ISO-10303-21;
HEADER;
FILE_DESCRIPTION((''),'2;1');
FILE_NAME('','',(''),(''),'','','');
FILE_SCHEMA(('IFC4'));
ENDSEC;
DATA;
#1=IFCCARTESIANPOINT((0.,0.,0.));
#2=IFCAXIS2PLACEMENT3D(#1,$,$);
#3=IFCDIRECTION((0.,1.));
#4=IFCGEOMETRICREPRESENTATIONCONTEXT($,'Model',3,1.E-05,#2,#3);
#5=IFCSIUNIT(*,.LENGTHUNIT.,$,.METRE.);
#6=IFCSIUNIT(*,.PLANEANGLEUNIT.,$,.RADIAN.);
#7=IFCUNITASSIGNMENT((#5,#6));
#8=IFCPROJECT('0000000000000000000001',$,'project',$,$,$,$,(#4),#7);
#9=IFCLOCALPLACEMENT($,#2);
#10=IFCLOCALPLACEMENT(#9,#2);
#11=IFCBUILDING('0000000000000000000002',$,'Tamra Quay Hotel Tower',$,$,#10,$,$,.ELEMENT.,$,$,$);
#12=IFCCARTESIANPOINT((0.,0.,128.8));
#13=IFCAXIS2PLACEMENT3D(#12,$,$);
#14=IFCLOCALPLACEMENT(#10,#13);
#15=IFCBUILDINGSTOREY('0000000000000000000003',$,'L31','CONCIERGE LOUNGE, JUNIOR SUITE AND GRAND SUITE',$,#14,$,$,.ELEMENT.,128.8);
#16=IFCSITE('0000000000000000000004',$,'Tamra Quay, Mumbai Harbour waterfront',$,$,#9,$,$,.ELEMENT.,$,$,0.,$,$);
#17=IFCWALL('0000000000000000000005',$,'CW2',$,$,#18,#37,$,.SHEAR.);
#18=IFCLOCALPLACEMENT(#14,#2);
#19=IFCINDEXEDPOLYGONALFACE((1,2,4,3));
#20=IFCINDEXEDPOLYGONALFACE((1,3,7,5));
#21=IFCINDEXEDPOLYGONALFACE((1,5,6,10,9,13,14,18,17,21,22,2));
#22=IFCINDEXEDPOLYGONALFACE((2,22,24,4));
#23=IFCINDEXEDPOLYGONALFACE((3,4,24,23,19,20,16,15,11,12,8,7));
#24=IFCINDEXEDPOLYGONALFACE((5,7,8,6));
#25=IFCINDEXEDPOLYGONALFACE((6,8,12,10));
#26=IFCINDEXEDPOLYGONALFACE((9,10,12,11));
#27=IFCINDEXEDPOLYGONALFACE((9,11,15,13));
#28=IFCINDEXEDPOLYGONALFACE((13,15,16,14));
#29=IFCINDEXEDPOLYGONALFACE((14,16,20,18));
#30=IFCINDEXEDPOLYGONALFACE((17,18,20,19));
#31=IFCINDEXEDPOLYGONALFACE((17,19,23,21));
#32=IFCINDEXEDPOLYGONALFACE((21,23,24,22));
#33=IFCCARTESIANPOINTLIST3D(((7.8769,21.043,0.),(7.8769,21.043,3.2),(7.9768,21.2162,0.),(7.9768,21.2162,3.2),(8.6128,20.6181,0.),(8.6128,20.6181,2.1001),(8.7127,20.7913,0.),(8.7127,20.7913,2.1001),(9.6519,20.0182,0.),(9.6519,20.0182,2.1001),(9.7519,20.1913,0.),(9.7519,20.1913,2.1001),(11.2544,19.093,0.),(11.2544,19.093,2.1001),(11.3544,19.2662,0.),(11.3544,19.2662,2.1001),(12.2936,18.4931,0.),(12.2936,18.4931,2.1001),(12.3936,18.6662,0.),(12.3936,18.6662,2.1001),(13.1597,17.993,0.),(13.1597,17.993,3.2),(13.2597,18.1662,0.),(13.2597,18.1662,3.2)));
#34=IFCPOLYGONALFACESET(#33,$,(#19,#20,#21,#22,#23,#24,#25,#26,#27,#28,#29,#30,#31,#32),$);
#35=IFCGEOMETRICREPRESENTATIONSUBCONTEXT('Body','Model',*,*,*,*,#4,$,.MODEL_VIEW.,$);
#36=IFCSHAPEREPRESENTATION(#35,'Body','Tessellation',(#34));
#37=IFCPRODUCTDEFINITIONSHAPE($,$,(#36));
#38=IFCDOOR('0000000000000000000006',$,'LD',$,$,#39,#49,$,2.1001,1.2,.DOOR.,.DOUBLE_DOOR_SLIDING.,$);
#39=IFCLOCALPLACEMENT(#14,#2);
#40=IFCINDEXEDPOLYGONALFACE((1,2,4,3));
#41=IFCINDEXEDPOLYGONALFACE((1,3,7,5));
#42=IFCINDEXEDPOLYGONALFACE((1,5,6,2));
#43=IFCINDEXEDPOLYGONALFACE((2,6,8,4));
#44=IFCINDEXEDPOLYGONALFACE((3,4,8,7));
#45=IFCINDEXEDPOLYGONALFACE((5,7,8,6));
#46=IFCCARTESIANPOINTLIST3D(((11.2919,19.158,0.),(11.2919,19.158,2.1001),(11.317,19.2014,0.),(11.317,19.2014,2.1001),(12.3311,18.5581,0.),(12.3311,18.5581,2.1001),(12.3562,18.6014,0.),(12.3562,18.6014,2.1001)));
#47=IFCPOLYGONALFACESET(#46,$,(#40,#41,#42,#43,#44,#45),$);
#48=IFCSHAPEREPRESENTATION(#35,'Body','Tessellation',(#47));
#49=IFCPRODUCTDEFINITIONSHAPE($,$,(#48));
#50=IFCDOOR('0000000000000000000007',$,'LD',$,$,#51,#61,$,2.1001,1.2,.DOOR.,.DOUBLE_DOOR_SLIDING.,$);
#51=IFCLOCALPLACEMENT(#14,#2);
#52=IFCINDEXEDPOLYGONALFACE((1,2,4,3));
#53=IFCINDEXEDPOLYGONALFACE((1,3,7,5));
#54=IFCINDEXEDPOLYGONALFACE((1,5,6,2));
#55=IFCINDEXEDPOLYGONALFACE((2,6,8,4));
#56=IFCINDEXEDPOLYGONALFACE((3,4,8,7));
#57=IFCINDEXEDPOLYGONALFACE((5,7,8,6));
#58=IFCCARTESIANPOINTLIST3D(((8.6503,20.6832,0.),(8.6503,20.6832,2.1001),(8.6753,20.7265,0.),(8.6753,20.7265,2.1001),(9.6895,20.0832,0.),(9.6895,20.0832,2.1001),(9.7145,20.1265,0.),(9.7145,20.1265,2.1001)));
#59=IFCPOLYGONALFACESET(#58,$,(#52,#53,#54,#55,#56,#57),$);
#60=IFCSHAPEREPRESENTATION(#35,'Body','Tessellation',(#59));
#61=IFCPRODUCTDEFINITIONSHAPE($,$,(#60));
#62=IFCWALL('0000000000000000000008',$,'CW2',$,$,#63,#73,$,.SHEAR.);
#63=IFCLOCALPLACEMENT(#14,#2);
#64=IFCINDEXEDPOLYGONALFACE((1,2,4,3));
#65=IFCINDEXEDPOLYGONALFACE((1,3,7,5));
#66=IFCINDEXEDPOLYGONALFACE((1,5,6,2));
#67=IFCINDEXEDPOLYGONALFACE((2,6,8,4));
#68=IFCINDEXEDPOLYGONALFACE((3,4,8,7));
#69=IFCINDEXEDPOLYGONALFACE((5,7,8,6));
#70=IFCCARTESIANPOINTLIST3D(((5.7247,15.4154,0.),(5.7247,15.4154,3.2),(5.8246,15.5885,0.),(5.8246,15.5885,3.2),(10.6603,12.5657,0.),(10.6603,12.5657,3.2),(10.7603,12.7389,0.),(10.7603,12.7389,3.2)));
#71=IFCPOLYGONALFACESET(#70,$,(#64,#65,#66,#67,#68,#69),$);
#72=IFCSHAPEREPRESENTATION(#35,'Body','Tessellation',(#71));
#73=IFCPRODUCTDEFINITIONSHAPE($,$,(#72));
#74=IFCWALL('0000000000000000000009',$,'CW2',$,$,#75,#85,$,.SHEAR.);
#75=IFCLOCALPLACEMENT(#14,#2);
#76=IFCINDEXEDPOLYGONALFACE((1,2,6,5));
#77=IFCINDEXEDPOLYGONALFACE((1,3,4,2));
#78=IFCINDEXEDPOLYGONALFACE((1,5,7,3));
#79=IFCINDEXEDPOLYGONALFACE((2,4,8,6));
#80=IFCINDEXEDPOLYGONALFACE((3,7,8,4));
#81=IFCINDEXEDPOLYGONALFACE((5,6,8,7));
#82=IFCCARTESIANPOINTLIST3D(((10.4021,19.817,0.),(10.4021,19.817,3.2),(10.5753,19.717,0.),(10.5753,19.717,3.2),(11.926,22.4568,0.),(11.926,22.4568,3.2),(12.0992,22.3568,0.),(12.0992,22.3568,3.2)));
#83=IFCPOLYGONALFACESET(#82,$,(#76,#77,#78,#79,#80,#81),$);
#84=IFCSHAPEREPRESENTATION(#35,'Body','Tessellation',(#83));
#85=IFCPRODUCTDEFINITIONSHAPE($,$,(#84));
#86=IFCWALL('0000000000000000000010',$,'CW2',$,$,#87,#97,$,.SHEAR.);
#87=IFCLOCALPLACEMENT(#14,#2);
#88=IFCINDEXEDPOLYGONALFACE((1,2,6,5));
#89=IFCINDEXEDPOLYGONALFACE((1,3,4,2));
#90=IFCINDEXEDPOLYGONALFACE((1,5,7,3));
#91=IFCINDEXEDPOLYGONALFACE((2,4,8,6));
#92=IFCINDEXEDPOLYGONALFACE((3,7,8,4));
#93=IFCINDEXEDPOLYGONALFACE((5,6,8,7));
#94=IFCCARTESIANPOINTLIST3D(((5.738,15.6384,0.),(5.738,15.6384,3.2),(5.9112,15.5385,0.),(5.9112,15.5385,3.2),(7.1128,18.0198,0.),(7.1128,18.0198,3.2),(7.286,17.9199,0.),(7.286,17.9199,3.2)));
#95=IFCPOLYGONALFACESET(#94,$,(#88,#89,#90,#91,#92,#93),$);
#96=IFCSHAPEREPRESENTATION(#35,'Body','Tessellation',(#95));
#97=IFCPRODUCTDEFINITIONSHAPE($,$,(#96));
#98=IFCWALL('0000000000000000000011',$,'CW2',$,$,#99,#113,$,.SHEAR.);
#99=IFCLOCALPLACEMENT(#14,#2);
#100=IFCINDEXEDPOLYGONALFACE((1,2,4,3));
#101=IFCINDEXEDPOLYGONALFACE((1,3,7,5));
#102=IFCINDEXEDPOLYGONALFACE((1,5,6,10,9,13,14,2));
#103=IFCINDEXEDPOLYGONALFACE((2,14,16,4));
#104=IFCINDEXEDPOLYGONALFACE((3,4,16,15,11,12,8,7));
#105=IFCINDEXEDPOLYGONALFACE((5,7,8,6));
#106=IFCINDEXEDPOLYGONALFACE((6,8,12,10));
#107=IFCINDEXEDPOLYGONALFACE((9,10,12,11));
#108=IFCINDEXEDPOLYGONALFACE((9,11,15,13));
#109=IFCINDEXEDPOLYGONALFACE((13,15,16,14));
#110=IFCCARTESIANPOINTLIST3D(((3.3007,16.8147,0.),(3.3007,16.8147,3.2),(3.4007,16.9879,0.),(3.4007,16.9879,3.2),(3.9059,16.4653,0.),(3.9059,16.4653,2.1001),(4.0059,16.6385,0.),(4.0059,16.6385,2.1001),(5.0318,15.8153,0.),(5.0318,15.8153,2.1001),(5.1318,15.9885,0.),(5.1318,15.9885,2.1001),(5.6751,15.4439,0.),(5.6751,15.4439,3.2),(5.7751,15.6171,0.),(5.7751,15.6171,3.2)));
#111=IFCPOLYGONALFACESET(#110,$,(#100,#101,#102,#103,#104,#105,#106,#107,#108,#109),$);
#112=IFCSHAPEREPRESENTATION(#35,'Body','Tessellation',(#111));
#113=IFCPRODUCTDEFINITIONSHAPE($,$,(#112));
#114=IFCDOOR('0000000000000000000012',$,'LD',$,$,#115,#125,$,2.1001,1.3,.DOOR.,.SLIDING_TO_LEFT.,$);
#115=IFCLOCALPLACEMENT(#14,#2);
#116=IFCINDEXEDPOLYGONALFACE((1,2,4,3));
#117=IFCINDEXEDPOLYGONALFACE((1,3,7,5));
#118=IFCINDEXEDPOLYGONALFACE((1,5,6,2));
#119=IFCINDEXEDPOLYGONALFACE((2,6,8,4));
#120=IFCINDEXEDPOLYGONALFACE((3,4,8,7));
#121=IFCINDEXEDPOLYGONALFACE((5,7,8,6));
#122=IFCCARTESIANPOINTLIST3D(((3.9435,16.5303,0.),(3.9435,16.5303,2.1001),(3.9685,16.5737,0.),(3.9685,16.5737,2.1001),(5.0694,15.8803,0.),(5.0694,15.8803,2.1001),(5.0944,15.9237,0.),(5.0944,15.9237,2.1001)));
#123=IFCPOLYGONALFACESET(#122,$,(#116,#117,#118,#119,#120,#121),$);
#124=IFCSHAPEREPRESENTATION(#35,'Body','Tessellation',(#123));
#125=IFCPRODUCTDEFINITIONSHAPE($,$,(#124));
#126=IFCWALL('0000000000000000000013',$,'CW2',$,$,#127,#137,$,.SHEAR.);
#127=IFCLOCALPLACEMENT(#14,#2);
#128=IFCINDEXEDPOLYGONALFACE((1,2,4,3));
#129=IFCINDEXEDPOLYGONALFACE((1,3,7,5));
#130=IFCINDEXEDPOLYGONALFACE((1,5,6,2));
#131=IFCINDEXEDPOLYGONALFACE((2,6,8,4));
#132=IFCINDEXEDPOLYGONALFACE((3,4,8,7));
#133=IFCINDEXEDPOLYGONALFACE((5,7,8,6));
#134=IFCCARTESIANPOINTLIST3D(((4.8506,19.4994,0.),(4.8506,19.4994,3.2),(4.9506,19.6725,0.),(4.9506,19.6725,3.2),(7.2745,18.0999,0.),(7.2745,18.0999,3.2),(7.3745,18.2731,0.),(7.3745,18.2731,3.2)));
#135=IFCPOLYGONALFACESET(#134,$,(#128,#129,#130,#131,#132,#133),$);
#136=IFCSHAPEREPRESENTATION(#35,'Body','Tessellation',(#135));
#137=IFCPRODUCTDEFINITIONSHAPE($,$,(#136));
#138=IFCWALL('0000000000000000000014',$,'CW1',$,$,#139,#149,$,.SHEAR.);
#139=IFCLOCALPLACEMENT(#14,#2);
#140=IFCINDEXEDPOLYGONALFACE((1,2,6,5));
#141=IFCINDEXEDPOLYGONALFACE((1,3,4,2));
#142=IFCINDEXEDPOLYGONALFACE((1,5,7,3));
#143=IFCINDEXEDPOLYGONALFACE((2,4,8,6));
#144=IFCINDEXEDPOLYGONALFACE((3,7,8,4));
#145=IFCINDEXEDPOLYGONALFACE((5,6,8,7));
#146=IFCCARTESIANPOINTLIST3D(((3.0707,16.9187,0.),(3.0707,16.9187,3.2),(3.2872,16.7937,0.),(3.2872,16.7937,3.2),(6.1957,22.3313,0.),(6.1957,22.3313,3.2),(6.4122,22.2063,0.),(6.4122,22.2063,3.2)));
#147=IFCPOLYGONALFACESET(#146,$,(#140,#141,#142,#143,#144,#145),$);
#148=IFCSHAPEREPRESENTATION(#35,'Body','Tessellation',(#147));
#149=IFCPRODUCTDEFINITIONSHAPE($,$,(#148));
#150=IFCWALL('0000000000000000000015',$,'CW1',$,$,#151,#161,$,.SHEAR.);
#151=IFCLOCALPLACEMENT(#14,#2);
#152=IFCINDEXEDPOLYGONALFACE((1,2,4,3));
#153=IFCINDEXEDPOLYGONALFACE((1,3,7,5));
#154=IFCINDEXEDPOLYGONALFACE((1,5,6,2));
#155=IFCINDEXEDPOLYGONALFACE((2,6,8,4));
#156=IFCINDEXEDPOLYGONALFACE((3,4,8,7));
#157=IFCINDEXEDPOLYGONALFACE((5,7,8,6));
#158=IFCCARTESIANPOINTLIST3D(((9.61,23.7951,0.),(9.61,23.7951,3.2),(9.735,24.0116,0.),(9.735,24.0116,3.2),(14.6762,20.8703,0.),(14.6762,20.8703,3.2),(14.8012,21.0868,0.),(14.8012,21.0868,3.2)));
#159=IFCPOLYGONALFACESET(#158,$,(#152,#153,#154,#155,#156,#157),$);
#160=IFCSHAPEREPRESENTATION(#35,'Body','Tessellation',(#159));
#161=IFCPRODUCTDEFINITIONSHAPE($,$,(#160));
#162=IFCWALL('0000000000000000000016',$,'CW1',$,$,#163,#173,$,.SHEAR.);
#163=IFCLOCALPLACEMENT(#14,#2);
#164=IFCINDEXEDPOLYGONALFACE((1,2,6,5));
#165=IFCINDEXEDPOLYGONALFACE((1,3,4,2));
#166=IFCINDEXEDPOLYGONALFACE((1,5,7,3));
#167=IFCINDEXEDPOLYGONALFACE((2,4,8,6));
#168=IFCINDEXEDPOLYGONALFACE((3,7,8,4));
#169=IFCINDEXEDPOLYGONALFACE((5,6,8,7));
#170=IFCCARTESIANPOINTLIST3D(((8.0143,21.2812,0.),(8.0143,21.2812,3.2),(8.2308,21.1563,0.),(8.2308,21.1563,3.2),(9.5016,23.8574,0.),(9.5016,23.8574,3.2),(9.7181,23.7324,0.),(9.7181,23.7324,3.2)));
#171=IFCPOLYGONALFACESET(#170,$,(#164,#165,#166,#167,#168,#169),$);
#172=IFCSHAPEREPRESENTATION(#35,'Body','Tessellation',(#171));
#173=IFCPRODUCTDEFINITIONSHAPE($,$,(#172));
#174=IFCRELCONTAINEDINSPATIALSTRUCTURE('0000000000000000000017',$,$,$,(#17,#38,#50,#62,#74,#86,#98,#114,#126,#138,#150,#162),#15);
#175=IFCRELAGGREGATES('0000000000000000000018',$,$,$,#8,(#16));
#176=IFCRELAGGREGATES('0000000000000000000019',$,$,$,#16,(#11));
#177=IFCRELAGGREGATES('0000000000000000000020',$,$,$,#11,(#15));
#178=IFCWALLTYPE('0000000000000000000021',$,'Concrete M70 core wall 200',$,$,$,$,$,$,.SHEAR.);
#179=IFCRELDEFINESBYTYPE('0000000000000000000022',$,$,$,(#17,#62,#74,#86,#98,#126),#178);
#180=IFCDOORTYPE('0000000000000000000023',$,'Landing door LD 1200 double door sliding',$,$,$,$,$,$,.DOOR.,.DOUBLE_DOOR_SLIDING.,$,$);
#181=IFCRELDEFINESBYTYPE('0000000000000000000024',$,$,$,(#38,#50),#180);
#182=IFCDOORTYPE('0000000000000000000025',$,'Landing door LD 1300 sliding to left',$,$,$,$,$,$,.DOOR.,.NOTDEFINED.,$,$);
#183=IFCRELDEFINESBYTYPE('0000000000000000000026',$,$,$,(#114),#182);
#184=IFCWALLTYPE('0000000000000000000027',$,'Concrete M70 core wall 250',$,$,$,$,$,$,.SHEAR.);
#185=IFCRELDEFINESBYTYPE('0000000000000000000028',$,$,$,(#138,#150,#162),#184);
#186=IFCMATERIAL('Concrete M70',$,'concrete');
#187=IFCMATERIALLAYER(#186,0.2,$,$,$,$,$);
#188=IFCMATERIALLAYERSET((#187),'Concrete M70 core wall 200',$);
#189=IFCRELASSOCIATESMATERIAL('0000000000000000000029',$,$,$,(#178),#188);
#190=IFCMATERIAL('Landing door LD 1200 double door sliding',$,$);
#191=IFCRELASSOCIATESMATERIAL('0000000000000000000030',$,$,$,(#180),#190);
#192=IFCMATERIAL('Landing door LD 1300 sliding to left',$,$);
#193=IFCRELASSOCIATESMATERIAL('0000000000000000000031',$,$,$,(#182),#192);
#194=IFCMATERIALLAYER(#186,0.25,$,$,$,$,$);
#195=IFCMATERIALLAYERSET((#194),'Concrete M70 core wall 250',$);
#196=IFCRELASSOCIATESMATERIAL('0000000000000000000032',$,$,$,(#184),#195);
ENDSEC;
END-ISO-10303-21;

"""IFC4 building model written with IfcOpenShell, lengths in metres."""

from ifc_helpers import new_model, si_unit, direction, frame, frame_2d, origin, place, context, subcontext, project, spatial, rectangle, extrude, material, layer, layer_set, type_object, element, fill, save


model = new_model("IFC4")

# Units and contexts
model_context = context("Model", 3, precision=1e-05, world=origin(), true_north=direction((0.0, 1.0)))
body_context = subcontext(model_context, "Body", "Model", "MODEL_VIEW")
ifc_project = project(units=[si_unit("LENGTHUNIT", "METRE"), si_unit("PLANEANGLEUNIT", "RADIAN")], contexts=[model_context])

# Site, building, storey
site_placement = place(None, origin())
site = spatial("IfcSite", under=ifc_project, at=site_placement, Name="Tamra Quay, Mumbai Harbour waterfront", CompositionType="ELEMENT", RefElevation=0.0)
building_placement = place(site_placement, origin())
building = spatial("IfcBuilding", under=site, at=building_placement, Name="Tamra Quay Hotel Tower", CompositionType="ELEMENT")
storey_placement = place(building_placement, frame((0.0, 0.0, 128.8)))
storey = spatial("IfcBuildingStorey", under=building, at=storey_placement, Name="L31", Description="CONCIERGE LOUNGE, JUNIOR SUITE AND GRAND SUITE", CompositionType="ELEMENT", Elevation=128.8)

# Shared definitions
ifc_material_1 = material(Name="Concrete M70", Category="concrete")

# Wall, openings, doors
ifc_layer_1 = layer(ifc_material_1, 0.2)
ifc_layer_set_1 = layer_set([ifc_layer_1], Name="Concrete M70 core wall 200")
wall_type_1 = type_object("IfcWallType", Name="Concrete M70 core wall 200", PredefinedType="SHEAR", material=ifc_layer_set_1)
wall_1_placement = place(storey_placement, frame((13.2097, 18.0796, 0.0), z_axis=(0.0, 0.0, 1.0), x_axis=(-0.86603, 0.499992, 0.0)))
wall_1 = element("IfcWall", 1, at=wall_1_placement, inside=storey, type_object=wall_type_1, Name="CW2", PredefinedType="SHEAR", context=body_context, shape_type="SweptSolid", body=[
    extrude(rectangle(XDim=6.1001, YDim=0.2, at=frame_2d((3.05, 0.0))), origin(), (0.0, 0.0, 1.0), 3.2),
])
opening_1_placement = place(wall_1_placement, frame((1.0, 0.0, 0.0)))
opening_1 = element("IfcOpeningElement", 2, at=opening_1_placement, cuts=wall_1, PredefinedType="OPENING", context=body_context, shape_type="SweptSolid", body=[
    extrude(rectangle(XDim=1.2, YDim=2.1001, at=frame_2d((0.6001, 1.05))), frame((0.0, 0.1099, 0.0), z_axis=(0.0, -1.0, 0.0), x_axis=(1.0, 0.0, 0.0)), (0.0, 0.0, 1.0), 0.22),
])
opening_2_placement = place(wall_1_placement, frame((4.0503, 0.0, 0.0)))
opening_2 = element("IfcOpeningElement", 3, at=opening_2_placement, cuts=wall_1, PredefinedType="OPENING", context=body_context, shape_type="SweptSolid", body=[
    extrude(rectangle(XDim=1.2, YDim=2.1001, at=frame_2d((0.6001, 1.05))), frame((0.0, 0.1099, 0.0), z_axis=(0.0, -1.0, 0.0), x_axis=(1.0, 0.0, 0.0)), (0.0, 0.0, 1.0), 0.22),
])
ifc_material_2 = material(Name="Landing door LD 1200 double door sliding")
door_type_1 = type_object("IfcDoorType", Name="Landing door LD 1200 double door sliding", OperationType="DOUBLE_DOOR_SLIDING", PredefinedType="DOOR", material=ifc_material_2)
door_1_placement = place(opening_1_placement, origin())
door_1 = element("IfcDoor", 4, at=door_1_placement, inside=storey, type_object=door_type_1, Name="LD", OperationType="DOUBLE_DOOR_SLIDING", OverallHeight=2.1001, OverallWidth=1.2, PredefinedType="DOOR", context=body_context, shape_type="SweptSolid", body=[
    extrude(rectangle(XDim=1.2, YDim=2.1001, at=frame_2d((0.6001, 1.05))), frame((0.0, 0.0249, 0.0), z_axis=(0.0, -1.0, 0.0), x_axis=(1.0, 0.0, 0.0)), (0.0, 0.0, 1.0), 0.05),
])
fill(opening_1, door_1)
door_2_placement = place(opening_2_placement, origin())
door_2 = element("IfcDoor", 5, at=door_2_placement, inside=storey, type_object=door_type_1, Name="LD", OperationType="DOUBLE_DOOR_SLIDING", OverallHeight=2.1001, OverallWidth=1.2, PredefinedType="DOOR", context=body_context, shape_type="SweptSolid", body=[
    extrude(rectangle(XDim=1.2, YDim=2.1001, at=frame_2d((0.6001, 1.05))), frame((0.0, 0.0249, 0.0), z_axis=(0.0, -1.0, 0.0), x_axis=(1.0, 0.0, 0.0)), (0.0, 0.0, 1.0), 0.05),
])
fill(opening_2, door_2)

# Walls
wall_2_placement = place(storey_placement, frame((5.7747, 15.502, 0.0), z_axis=(0.0, 0.0, 1.0), x_axis=(0.86602, -0.500009, 0.0)))
element("IfcWall", 6, at=wall_2_placement, inside=storey, type_object=wall_type_1, Name="CW2", PredefinedType="SHEAR", context=body_context, shape_type="SweptSolid", body=[
    extrude(rectangle(XDim=5.6992, YDim=0.2, at=frame_2d((2.8496, 0.0))), origin(), (0.0, 0.0, 1.0), 3.2),
])
wall_3_placement = place(storey_placement, frame((10.4888, 19.7671, 0.0), z_axis=(0.0, 0.0, 1.0), x_axis=(0.499947, 0.866056, 0.0)))
element("IfcWall", 7, at=wall_3_placement, inside=storey, type_object=wall_type_1, Name="CW2", PredefinedType="SHEAR", context=body_context, shape_type="SweptSolid", body=[
    extrude(rectangle(XDim=3.0481, YDim=0.2, at=frame_2d((1.5239, 0.0))), origin(), (0.0, 0.0, 1.0), 3.2),
])
wall_4_placement = place(storey_placement, frame((7.1995, 17.97, 0.0), z_axis=(0.0, 0.0, 1.0), x_axis=(-0.499968, -0.866044, 0.0)))
element("IfcWall", 8, at=wall_4_placement, inside=storey, type_object=wall_type_1, Name="CW2", PredefinedType="SHEAR", context=body_context, shape_type="SweptSolid", body=[
    extrude(rectangle(XDim=2.7498, YDim=0.2, at=frame_2d((1.375, 0.0))), origin(), (0.0, 0.0, 1.0), 3.2),
])

# Wall, opening, door
wall_5_placement = place(storey_placement, frame((5.7251, 15.5305, 0.0), z_axis=(0.0, 0.0, 1.0), x_axis=(-0.866037, 0.499979, 0.0)))
wall_5 = element("IfcWall", 9, at=wall_5_placement, inside=storey, type_object=wall_type_1, Name="CW2", PredefinedType="SHEAR", context=body_context, shape_type="SweptSolid", body=[
    extrude(rectangle(XDim=2.7417, YDim=0.2, at=frame_2d((1.3708, 0.0))), origin(), (0.0, 0.0, 1.0), 3.2),
])
opening_3_placement = place(wall_5_placement, frame((0.7429, 0.0, 0.0)))
opening_3 = element("IfcOpeningElement", 10, at=opening_3_placement, cuts=wall_5, PredefinedType="OPENING", context=body_context, shape_type="SweptSolid", body=[
    extrude(rectangle(XDim=1.3, YDim=2.1001, at=frame_2d((0.6499, 1.05))), frame((0.0, 0.1099, 0.0), z_axis=(0.0, -1.0, 0.0), x_axis=(1.0, 0.0, 0.0)), (0.0, 0.0, 1.0), 0.22),
])
ifc_material_3 = material(Name="Landing door LD 1300 sliding to left")
door_type_2 = type_object("IfcDoorType", Name="Landing door LD 1300 sliding to left", OperationType="NOTDEFINED", PredefinedType="DOOR", material=ifc_material_3)
door_3_placement = place(opening_3_placement, origin())
door_3 = element("IfcDoor", 11, at=door_3_placement, inside=storey, type_object=door_type_2, Name="LD", OperationType="SLIDING_TO_LEFT", OverallHeight=2.1001, OverallWidth=1.3, PredefinedType="DOOR", context=body_context, shape_type="SweptSolid", body=[
    extrude(rectangle(XDim=1.3, YDim=2.1001, at=frame_2d((0.6499, 1.05))), frame((0.0, 0.0249, 0.0), z_axis=(0.0, -1.0, 0.0), x_axis=(1.0, 0.0, 0.0)), (0.0, 0.0, 1.0), 0.05),
])
fill(opening_3, door_3)

# Walls
wall_6_placement = place(storey_placement, frame((4.9006, 19.5859, 0.0), z_axis=(0.0, 0.0, 1.0), x_axis=(0.866023, -0.500004, 0.0)))
element("IfcWall", 12, at=wall_6_placement, inside=storey, type_object=wall_type_1, Name="CW2", PredefinedType="SHEAR", context=body_context, shape_type="SweptSolid", body=[
    extrude(rectangle(XDim=2.7988, YDim=0.2, at=frame_2d((1.3994, 0.0))), origin(), (0.0, 0.0, 1.0), 3.2),
])
ifc_layer_2 = layer(ifc_material_1, 0.25)
ifc_layer_set_2 = layer_set([ifc_layer_2], Name="Concrete M70 core wall 250")
wall_type_2 = type_object("IfcWallType", Name="Concrete M70 core wall 250", PredefinedType="SHEAR", material=ifc_layer_set_2)
wall_7_placement = place(storey_placement, frame((3.179, 16.8562, 0.0), z_axis=(0.0, 0.0, 1.0), x_axis=(0.500004, 0.866023, 0.0)))
element("IfcWall", 13, at=wall_7_placement, inside=storey, type_object=wall_type_2, Name="CW1", PredefinedType="SHEAR", context=body_context, shape_type="SweptSolid", body=[
    extrude(rectangle(XDim=6.25, YDim=0.25, at=frame_2d((3.125, 0.0))), origin(), (0.0, 0.0, 1.0), 3.2),
])
wall_8_placement = place(storey_placement, frame((9.6726, 23.9033, 0.0), z_axis=(0.0, 0.0, 1.0), x_axis=(0.866036, -0.499981, 0.0)))
element("IfcWall", 14, at=wall_8_placement, inside=storey, type_object=wall_type_2, Name="CW1", PredefinedType="SHEAR", context=body_context, shape_type="SweptSolid", body=[
    extrude(rectangle(XDim=5.8499, YDim=0.25, at=frame_2d((2.9248, 0.0))), origin(), (0.0, 0.0, 1.0), 3.2),
])
wall_9_placement = place(storey_placement, frame((8.1226, 21.2188, 0.0), z_axis=(0.0, 0.0, 1.0), x_axis=(0.499988, 0.866033, 0.0)))
element("IfcWall", 15, at=wall_9_placement, inside=storey, type_object=wall_type_2, Name="CW1", PredefinedType="SHEAR", context=body_context, shape_type="SweptSolid", body=[
    extrude(rectangle(XDim=2.9746, YDim=0.25, at=frame_2d((1.4873, 0.0))), origin(), (0.0, 0.0, 1.0), 3.2),
])

save(model, "model.ifc")
